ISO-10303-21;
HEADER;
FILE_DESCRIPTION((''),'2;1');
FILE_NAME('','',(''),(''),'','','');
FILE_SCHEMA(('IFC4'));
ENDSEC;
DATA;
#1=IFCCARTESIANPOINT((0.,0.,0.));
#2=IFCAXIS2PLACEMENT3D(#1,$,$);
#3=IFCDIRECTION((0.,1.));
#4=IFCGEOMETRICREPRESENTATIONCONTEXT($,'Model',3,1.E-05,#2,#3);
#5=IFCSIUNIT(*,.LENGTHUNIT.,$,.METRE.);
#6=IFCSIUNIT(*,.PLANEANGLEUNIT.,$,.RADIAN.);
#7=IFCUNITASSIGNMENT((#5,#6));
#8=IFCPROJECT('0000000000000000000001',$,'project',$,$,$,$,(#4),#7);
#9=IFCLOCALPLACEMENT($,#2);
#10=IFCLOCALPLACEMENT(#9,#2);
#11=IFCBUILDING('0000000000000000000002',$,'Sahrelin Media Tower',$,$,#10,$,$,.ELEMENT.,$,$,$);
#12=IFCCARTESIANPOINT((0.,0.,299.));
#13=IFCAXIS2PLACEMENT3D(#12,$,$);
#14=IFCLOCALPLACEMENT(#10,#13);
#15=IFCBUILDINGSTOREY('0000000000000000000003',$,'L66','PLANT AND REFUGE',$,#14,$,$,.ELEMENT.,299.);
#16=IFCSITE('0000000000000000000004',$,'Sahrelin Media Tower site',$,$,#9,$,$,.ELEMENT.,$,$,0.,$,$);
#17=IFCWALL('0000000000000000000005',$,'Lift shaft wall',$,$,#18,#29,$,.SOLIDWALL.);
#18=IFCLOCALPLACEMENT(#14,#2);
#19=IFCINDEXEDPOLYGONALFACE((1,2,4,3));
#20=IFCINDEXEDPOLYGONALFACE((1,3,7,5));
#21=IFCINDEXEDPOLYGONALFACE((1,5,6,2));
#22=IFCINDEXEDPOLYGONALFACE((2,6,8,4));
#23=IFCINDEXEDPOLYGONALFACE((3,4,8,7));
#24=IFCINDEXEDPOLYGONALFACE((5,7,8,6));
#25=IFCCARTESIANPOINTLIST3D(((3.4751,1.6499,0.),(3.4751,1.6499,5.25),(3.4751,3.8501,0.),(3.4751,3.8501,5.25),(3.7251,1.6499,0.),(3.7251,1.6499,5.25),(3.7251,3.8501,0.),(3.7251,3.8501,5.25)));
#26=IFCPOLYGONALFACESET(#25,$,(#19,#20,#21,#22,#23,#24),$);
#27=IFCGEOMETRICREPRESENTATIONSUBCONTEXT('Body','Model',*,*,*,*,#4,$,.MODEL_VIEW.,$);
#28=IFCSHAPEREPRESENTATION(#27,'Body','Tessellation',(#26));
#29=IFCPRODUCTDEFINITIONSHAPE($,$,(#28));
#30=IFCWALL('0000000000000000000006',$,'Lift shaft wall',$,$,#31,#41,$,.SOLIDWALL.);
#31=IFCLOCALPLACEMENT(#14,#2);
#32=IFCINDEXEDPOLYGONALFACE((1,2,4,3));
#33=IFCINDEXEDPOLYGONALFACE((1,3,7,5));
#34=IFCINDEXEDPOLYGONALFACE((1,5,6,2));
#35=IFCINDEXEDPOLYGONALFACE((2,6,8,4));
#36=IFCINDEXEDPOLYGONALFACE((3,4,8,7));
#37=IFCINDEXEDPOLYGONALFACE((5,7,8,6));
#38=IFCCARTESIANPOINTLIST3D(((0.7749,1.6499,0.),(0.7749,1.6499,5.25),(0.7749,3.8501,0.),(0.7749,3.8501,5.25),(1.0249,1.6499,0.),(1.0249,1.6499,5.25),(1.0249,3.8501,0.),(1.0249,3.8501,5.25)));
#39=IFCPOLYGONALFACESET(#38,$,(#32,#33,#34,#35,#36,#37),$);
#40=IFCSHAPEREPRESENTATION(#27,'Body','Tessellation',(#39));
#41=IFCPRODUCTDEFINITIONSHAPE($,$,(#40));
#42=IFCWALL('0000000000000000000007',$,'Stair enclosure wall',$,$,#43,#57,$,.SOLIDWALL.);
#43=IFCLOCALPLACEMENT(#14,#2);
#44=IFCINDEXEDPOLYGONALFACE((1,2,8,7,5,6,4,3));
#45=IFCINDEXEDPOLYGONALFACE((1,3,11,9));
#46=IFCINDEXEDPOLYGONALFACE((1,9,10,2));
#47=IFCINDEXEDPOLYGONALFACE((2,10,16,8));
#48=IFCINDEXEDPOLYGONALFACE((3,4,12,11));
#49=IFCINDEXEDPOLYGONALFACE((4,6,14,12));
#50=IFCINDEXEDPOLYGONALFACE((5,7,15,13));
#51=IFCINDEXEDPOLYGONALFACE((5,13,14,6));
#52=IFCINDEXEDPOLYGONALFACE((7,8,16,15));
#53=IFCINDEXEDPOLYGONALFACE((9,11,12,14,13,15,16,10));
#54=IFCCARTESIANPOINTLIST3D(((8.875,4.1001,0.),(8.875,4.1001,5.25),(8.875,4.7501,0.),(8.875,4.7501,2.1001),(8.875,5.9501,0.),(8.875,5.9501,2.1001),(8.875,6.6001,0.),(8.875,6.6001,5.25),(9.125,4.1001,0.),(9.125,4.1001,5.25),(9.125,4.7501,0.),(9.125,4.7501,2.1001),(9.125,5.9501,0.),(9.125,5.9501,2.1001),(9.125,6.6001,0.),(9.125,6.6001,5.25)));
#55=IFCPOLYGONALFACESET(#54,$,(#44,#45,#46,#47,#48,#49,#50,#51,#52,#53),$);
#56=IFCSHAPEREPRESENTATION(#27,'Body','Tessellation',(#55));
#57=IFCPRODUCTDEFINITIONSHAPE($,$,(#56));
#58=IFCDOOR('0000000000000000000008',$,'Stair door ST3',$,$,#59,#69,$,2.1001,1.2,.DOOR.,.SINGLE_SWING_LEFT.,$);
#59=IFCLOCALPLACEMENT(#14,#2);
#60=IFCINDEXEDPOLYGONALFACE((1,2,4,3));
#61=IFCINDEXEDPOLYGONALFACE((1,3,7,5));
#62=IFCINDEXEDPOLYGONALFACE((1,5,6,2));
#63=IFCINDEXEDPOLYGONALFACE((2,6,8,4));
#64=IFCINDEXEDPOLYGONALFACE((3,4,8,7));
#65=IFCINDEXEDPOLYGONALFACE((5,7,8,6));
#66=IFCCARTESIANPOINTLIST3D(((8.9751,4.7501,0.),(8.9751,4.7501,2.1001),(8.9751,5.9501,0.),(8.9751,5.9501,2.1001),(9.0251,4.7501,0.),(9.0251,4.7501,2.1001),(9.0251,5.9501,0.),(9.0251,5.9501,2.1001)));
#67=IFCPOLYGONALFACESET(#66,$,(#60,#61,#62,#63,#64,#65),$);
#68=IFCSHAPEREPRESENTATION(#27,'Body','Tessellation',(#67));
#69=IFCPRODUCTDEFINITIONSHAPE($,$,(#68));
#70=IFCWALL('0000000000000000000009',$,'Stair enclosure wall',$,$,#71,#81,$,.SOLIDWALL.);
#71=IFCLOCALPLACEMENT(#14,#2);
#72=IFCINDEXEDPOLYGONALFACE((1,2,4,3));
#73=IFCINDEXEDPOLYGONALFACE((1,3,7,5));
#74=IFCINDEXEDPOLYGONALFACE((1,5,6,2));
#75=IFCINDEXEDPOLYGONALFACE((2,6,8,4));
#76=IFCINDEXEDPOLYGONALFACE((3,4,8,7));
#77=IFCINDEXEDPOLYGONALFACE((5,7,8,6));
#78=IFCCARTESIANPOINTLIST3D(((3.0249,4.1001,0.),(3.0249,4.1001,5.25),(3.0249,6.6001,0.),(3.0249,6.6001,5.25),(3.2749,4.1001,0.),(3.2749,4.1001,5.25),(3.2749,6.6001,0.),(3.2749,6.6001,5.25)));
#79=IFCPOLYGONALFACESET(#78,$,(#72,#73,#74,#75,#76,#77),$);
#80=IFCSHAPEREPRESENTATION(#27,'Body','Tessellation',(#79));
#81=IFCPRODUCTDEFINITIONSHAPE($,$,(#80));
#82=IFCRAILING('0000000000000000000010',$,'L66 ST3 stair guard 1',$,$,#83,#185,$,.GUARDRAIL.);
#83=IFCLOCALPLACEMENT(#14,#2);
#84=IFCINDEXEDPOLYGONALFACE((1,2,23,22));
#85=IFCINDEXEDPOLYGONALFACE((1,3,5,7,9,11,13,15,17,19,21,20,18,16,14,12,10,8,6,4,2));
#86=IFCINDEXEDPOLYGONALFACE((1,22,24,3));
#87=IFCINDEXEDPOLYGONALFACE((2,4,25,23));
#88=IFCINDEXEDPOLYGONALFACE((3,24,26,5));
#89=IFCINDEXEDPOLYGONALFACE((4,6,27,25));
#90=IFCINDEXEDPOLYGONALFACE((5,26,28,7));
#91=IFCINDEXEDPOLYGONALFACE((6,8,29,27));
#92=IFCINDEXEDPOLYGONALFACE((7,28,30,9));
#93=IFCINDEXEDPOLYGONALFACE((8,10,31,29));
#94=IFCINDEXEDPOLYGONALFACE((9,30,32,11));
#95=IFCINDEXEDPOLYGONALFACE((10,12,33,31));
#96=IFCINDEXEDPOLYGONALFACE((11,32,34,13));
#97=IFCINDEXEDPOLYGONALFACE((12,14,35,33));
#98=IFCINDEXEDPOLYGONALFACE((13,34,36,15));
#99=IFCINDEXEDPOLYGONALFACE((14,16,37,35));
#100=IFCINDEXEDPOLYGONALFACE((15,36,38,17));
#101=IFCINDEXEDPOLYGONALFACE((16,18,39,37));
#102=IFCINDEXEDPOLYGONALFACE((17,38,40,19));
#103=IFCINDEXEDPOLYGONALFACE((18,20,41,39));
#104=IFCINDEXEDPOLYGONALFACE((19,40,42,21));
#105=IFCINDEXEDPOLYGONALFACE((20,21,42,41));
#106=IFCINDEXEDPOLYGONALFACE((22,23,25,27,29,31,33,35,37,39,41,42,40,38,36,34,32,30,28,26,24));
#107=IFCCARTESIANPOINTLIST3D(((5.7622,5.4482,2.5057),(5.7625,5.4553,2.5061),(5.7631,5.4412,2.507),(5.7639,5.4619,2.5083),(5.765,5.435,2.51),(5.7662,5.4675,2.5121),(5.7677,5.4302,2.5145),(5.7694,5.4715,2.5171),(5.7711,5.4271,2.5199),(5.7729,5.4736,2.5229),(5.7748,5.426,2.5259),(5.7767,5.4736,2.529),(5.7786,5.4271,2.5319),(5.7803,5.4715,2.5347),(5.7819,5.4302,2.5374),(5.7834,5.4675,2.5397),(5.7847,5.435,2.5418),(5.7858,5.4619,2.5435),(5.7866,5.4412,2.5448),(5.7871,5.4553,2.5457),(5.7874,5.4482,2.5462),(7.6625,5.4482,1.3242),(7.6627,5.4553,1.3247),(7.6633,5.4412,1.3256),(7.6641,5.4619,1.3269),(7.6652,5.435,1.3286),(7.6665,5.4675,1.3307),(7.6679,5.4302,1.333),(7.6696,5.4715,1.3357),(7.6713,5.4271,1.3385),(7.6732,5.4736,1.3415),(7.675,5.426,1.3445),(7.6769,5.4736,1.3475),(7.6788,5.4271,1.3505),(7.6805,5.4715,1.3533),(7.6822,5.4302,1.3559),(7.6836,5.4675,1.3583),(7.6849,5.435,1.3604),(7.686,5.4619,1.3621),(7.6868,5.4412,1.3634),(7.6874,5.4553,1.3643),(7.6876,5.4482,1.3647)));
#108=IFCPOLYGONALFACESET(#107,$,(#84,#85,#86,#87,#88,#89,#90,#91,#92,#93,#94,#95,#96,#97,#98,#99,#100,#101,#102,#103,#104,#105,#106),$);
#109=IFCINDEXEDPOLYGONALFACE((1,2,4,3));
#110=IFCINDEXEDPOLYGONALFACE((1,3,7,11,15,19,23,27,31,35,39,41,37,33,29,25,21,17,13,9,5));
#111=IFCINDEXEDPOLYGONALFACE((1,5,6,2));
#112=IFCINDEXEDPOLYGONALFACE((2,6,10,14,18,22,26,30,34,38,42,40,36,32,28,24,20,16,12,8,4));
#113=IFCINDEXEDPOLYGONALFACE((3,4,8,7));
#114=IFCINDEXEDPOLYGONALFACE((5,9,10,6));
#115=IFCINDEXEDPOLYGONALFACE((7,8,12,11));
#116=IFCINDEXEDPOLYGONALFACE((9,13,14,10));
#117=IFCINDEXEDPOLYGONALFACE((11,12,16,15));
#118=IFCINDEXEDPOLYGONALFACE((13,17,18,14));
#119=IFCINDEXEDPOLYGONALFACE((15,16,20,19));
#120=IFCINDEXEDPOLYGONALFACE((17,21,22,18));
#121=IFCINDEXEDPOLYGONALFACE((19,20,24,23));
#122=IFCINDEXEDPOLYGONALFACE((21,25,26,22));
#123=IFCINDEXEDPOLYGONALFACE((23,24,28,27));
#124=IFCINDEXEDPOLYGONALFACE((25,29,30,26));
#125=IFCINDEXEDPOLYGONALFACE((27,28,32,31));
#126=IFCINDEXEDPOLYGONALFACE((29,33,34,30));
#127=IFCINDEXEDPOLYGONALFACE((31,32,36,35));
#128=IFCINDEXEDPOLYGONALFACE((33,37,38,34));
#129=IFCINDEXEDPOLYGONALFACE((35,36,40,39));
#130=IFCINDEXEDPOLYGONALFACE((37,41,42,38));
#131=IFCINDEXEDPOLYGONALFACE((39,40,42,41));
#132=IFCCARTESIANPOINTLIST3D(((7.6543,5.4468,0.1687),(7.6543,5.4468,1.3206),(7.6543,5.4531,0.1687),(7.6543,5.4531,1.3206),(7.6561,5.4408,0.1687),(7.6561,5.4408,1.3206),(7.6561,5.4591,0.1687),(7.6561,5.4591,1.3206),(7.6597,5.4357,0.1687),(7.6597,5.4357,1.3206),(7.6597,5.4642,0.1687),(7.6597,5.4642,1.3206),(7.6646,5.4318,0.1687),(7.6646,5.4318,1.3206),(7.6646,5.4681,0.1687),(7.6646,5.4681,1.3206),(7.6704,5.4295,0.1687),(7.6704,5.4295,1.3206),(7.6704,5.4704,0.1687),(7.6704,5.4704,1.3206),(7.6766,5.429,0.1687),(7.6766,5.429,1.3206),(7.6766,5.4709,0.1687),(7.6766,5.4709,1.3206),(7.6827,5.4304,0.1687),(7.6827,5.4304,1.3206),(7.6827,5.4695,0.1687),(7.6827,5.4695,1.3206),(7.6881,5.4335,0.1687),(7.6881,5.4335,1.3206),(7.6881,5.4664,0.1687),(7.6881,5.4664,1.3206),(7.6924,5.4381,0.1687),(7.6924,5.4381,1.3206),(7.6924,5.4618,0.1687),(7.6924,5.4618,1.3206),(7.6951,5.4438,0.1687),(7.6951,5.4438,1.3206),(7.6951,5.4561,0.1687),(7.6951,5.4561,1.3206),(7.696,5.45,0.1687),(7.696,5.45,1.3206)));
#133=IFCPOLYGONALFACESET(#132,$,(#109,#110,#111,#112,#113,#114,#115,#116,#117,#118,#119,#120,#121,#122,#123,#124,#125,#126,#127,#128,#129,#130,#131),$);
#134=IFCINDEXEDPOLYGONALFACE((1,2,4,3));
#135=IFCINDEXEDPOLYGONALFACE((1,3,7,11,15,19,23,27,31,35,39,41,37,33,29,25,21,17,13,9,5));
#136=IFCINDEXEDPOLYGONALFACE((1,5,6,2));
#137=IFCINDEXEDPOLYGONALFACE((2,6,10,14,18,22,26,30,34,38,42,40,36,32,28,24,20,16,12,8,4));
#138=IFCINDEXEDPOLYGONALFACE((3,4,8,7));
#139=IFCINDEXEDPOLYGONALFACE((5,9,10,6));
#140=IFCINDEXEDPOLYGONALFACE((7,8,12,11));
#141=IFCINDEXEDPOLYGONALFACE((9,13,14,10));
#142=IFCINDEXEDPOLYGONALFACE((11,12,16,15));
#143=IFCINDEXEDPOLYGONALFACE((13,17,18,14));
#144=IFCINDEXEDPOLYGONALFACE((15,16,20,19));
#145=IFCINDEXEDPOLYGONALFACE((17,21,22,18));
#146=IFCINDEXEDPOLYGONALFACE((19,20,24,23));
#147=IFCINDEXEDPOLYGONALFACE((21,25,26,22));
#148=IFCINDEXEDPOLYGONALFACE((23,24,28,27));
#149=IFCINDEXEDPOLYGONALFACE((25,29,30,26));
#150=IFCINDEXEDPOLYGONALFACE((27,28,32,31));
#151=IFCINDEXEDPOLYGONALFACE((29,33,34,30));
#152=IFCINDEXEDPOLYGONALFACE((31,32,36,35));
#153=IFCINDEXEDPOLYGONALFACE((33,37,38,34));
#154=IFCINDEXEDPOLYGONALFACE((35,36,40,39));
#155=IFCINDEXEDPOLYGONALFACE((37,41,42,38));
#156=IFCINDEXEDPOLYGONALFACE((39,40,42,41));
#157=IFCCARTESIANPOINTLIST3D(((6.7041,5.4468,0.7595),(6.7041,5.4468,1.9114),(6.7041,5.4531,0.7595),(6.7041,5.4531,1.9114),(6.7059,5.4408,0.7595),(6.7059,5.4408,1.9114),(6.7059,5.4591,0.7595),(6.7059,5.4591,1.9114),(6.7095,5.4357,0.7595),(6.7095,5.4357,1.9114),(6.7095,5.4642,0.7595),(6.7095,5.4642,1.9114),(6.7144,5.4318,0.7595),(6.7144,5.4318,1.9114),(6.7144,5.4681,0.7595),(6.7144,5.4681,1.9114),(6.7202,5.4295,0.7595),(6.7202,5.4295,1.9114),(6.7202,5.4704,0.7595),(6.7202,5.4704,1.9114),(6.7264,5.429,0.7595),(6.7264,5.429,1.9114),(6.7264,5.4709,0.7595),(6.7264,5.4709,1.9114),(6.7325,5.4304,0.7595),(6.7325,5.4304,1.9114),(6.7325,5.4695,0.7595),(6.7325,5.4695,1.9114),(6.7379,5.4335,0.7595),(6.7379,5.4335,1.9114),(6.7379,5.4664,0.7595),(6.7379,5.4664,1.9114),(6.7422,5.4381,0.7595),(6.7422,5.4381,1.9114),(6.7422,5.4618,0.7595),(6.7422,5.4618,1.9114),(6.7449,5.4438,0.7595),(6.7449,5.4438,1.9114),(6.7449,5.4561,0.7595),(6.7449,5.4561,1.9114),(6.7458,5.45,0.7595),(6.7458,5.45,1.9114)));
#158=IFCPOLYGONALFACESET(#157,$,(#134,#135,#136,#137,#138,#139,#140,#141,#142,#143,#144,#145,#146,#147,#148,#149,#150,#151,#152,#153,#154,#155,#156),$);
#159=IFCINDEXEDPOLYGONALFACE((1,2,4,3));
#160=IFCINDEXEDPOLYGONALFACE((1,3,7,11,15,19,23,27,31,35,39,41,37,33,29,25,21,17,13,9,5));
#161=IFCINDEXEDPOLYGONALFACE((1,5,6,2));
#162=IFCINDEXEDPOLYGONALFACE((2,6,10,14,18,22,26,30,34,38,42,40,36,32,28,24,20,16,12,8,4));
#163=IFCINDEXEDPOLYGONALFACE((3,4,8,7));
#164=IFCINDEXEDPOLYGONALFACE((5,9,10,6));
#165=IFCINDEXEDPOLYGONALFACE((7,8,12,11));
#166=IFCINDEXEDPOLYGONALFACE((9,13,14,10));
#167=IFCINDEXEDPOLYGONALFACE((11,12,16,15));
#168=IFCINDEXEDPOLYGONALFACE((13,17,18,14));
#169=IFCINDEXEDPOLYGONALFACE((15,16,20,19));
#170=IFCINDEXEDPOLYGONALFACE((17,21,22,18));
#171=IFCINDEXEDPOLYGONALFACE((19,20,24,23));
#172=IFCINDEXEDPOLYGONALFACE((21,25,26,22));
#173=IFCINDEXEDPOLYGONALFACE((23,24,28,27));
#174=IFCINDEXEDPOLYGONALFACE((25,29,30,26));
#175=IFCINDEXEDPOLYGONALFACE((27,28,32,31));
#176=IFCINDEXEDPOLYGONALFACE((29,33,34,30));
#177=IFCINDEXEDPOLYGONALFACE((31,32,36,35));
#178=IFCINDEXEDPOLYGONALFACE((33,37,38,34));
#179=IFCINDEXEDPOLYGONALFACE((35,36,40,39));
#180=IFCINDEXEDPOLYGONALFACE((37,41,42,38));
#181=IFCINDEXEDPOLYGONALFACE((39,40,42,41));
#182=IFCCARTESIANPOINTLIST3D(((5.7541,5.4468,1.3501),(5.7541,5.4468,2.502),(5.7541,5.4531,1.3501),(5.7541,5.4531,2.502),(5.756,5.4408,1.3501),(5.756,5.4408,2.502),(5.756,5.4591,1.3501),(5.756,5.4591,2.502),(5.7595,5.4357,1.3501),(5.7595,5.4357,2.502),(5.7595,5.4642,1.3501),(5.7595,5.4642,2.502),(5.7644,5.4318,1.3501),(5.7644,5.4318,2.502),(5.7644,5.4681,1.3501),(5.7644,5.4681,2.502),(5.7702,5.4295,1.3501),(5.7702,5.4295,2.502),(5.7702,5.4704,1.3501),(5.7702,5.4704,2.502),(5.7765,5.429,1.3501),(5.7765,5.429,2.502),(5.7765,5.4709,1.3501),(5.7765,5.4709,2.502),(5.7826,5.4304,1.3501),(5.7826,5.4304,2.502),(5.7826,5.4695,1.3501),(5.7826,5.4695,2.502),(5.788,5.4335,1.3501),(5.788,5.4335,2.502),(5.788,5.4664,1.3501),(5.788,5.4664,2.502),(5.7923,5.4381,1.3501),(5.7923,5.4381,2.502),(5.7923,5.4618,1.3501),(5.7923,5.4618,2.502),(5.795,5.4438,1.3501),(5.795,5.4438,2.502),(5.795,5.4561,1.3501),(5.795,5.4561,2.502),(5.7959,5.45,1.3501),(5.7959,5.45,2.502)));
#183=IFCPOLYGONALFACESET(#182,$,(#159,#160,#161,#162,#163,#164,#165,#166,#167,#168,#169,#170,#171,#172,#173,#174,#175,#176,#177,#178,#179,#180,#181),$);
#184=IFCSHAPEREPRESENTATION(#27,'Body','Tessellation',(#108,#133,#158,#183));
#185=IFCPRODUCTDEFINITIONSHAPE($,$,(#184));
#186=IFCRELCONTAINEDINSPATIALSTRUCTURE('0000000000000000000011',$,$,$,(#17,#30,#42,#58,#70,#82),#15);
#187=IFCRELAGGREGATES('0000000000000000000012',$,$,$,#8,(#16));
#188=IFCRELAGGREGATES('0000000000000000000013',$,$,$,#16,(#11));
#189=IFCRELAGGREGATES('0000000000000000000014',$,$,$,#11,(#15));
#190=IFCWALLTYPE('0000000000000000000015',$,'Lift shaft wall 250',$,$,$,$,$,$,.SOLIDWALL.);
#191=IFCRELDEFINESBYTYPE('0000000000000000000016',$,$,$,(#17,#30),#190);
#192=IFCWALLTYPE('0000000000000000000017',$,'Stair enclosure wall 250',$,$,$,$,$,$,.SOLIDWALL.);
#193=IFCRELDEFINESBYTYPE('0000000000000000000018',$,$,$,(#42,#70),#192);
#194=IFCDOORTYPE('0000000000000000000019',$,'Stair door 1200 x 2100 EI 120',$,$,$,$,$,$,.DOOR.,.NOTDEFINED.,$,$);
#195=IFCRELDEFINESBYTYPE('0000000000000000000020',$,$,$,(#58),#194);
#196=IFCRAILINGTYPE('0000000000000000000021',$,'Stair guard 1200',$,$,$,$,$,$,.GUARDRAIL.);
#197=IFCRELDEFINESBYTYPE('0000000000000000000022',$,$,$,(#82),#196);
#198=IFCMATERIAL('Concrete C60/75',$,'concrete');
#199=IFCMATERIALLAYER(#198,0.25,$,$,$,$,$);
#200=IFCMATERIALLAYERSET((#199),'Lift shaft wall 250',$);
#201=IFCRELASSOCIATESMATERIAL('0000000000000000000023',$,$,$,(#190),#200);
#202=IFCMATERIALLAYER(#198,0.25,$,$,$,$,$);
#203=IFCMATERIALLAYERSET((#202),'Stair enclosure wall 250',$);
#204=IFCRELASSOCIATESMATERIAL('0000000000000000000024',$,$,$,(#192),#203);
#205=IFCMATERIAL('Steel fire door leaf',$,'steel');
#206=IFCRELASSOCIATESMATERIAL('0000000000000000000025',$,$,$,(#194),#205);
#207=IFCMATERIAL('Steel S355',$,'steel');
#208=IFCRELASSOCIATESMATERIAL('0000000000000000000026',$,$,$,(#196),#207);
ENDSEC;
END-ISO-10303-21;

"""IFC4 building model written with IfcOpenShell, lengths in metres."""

from ifc_helpers import new_model, si_unit, direction, frame, frame_2d, origin, origin_2d, place, context, subcontext, project, spatial, rectangle, circle, extrude, material, layer, layer_set, type_object, element, fill, save


model = new_model("IFC4")

# Units and contexts
model_context = context("Model", 3, precision=1e-05, world=origin(), true_north=direction((0.0, 1.0)))
body_context = subcontext(model_context, "Body", "Model", "MODEL_VIEW")
ifc_project = project(units=[si_unit("LENGTHUNIT", "METRE"), si_unit("PLANEANGLEUNIT", "RADIAN")], contexts=[model_context])

# Site, building, storey
site_placement = place(None, origin())
site = spatial("IfcSite", under=ifc_project, at=site_placement, Name="Sahrelin Media Tower site", CompositionType="ELEMENT", RefElevation=0.0)
building_placement = place(site_placement, origin())
building = spatial("IfcBuilding", under=site, at=building_placement, Name="Sahrelin Media Tower", CompositionType="ELEMENT")
storey_placement = place(building_placement, frame((0.0, 0.0, 299.0)))
storey = spatial("IfcBuildingStorey", under=building, at=storey_placement, Name="L66", Description="PLANT AND REFUGE", CompositionType="ELEMENT", Elevation=299.0)

# Walls
ifc_material_1 = material(Name="Concrete C60/75", Category="concrete")
ifc_layer_1 = layer(ifc_material_1, 0.25)
ifc_layer_set_1 = layer_set([ifc_layer_1], Name="Lift shaft wall 250")
wall_type_1 = type_object("IfcWallType", Name="Lift shaft wall 250", PredefinedType="SOLIDWALL", material=ifc_layer_set_1)
for number, where, z_axis, x_axis, name in (
    (1, (3.6001, 1.6499, 0.0), (0.0, 0.0, 1.0), (0.0, 1.0, 0.0), "Lift shaft wall"),
    (2, (0.8999, 1.6499, 0.0), (0.0, 0.0, 1.0), (0.0, 1.0, 0.0), "Lift shaft wall"),
):
    element("IfcWall", number, at=place(storey_placement, frame(where, z_axis=z_axis, x_axis=x_axis)), inside=storey, type_object=wall_type_1, Name=name, PredefinedType="SOLIDWALL", context=body_context, shape_type="SweptSolid", body=[
        extrude(rectangle(XDim=2.2002, YDim=0.25, at=frame_2d((1.1001, 0.0))), origin(), (0.0, 0.0, 1.0), 5.25),
    ])

# Wall, opening, door
ifc_layer_2 = layer(ifc_material_1, 0.25)
ifc_layer_set_2 = layer_set([ifc_layer_2], Name="Stair enclosure wall 250")
wall_type_2 = type_object("IfcWallType", Name="Stair enclosure wall 250", PredefinedType="SOLIDWALL", material=ifc_layer_set_2)
wall_1_placement = place(storey_placement, frame((9.0, 4.1001, 0.0), z_axis=(0.0, 0.0, 1.0), x_axis=(0.0, 1.0, 0.0)))
wall_1 = element("IfcWall", 3, at=wall_1_placement, inside=storey, type_object=wall_type_2, Name="Stair enclosure wall", PredefinedType="SOLIDWALL", context=body_context, shape_type="SweptSolid", body=[
    extrude(rectangle(XDim=2.5, YDim=0.25, at=frame_2d((1.25, 0.0))), origin(), (0.0, 0.0, 1.0), 5.25),
])
opening_placement = place(wall_1_placement, frame((0.6499, 0.0, 0.0)))
opening = element("IfcOpeningElement", 4, at=opening_placement, cuts=wall_1, PredefinedType="OPENING", context=body_context, shape_type="SweptSolid", body=[
    extrude(rectangle(XDim=1.2, YDim=2.1001, at=frame_2d((0.6001, 1.05))), frame((0.0, 0.125, 0.0), z_axis=(0.0, -1.0, 0.0), x_axis=(1.0, 0.0, 0.0)), (0.0, 0.0, 1.0), 0.25),
])
ifc_material_2 = material(Name="Steel fire door leaf", Category="steel")
door_type = type_object("IfcDoorType", Name="Stair door 1200 x 2100 EI 120", OperationType="NOTDEFINED", PredefinedType="DOOR", material=ifc_material_2)
door_placement = place(opening_placement, origin())
door = element("IfcDoor", 5, at=door_placement, inside=storey, type_object=door_type, Name="Stair door ST3", OperationType="SINGLE_SWING_LEFT", OverallHeight=2.1001, OverallWidth=1.2, PredefinedType="DOOR", context=body_context, shape_type="SweptSolid", body=[
    extrude(rectangle(XDim=1.2, YDim=2.1001, at=frame_2d((0.6001, 1.05))), frame((0.0, 0.0249, 0.0), z_axis=(0.0, -1.0, 0.0), x_axis=(1.0, 0.0, 0.0)), (0.0, 0.0, 1.0), 0.05),
])
fill(opening, door)

# Wall
wall_2_placement = place(storey_placement, frame((3.1499, 4.1001, 0.0), z_axis=(0.0, 0.0, 1.0), x_axis=(0.0, 1.0, 0.0)))
element("IfcWall", 6, at=wall_2_placement, inside=storey, type_object=wall_type_2, Name="Stair enclosure wall", PredefinedType="SOLIDWALL", context=body_context, shape_type="SweptSolid", body=[
    extrude(rectangle(XDim=2.5, YDim=0.25, at=frame_2d((1.25, 0.0))), origin(), (0.0, 0.0, 1.0), 5.25),
])

# Railing
ifc_material_3 = material(Name="Steel S355", Category="steel")
railing_type_1 = type_object("IfcRailingType", Name="Stair guard 1200", PredefinedType="GUARDRAIL", material=ifc_material_3)
railing_1_placement = place(storey_placement, frame((7.675, 5.45, 0.1687)))
element("IfcRailing", 7, at=railing_1_placement, inside=storey, type_object=railing_type_1, Name="L66 ST3 stair guard 1", PredefinedType="GUARDRAIL", context=body_context, shape_type="SweptSolid", body=[
    extrude(circle(Radius=0.0239, at=origin_2d()), frame((0.0, 0.0, 1.1758), z_axis=(-0.84924, 0.0, 0.528006), x_axis=(0.0, -1.0, 0.0)), (0.0, 0.0, 1.0), 2.2375),
    extrude(circle(Radius=0.021, at=origin_2d()), origin(), (0.0, 0.0, 1.0), 1.1519),
    extrude(circle(Radius=0.021, at=origin_2d()), frame((-0.9502, 0.0, 0.5908)), (0.0, 0.0, 1.0), 1.1519),
    extrude(circle(Radius=0.021, at=origin_2d()), frame((-1.9001, 0.0, 1.1814)), (0.0, 0.0, 1.0), 1.1519),
])

save(model, "model.ifc")
